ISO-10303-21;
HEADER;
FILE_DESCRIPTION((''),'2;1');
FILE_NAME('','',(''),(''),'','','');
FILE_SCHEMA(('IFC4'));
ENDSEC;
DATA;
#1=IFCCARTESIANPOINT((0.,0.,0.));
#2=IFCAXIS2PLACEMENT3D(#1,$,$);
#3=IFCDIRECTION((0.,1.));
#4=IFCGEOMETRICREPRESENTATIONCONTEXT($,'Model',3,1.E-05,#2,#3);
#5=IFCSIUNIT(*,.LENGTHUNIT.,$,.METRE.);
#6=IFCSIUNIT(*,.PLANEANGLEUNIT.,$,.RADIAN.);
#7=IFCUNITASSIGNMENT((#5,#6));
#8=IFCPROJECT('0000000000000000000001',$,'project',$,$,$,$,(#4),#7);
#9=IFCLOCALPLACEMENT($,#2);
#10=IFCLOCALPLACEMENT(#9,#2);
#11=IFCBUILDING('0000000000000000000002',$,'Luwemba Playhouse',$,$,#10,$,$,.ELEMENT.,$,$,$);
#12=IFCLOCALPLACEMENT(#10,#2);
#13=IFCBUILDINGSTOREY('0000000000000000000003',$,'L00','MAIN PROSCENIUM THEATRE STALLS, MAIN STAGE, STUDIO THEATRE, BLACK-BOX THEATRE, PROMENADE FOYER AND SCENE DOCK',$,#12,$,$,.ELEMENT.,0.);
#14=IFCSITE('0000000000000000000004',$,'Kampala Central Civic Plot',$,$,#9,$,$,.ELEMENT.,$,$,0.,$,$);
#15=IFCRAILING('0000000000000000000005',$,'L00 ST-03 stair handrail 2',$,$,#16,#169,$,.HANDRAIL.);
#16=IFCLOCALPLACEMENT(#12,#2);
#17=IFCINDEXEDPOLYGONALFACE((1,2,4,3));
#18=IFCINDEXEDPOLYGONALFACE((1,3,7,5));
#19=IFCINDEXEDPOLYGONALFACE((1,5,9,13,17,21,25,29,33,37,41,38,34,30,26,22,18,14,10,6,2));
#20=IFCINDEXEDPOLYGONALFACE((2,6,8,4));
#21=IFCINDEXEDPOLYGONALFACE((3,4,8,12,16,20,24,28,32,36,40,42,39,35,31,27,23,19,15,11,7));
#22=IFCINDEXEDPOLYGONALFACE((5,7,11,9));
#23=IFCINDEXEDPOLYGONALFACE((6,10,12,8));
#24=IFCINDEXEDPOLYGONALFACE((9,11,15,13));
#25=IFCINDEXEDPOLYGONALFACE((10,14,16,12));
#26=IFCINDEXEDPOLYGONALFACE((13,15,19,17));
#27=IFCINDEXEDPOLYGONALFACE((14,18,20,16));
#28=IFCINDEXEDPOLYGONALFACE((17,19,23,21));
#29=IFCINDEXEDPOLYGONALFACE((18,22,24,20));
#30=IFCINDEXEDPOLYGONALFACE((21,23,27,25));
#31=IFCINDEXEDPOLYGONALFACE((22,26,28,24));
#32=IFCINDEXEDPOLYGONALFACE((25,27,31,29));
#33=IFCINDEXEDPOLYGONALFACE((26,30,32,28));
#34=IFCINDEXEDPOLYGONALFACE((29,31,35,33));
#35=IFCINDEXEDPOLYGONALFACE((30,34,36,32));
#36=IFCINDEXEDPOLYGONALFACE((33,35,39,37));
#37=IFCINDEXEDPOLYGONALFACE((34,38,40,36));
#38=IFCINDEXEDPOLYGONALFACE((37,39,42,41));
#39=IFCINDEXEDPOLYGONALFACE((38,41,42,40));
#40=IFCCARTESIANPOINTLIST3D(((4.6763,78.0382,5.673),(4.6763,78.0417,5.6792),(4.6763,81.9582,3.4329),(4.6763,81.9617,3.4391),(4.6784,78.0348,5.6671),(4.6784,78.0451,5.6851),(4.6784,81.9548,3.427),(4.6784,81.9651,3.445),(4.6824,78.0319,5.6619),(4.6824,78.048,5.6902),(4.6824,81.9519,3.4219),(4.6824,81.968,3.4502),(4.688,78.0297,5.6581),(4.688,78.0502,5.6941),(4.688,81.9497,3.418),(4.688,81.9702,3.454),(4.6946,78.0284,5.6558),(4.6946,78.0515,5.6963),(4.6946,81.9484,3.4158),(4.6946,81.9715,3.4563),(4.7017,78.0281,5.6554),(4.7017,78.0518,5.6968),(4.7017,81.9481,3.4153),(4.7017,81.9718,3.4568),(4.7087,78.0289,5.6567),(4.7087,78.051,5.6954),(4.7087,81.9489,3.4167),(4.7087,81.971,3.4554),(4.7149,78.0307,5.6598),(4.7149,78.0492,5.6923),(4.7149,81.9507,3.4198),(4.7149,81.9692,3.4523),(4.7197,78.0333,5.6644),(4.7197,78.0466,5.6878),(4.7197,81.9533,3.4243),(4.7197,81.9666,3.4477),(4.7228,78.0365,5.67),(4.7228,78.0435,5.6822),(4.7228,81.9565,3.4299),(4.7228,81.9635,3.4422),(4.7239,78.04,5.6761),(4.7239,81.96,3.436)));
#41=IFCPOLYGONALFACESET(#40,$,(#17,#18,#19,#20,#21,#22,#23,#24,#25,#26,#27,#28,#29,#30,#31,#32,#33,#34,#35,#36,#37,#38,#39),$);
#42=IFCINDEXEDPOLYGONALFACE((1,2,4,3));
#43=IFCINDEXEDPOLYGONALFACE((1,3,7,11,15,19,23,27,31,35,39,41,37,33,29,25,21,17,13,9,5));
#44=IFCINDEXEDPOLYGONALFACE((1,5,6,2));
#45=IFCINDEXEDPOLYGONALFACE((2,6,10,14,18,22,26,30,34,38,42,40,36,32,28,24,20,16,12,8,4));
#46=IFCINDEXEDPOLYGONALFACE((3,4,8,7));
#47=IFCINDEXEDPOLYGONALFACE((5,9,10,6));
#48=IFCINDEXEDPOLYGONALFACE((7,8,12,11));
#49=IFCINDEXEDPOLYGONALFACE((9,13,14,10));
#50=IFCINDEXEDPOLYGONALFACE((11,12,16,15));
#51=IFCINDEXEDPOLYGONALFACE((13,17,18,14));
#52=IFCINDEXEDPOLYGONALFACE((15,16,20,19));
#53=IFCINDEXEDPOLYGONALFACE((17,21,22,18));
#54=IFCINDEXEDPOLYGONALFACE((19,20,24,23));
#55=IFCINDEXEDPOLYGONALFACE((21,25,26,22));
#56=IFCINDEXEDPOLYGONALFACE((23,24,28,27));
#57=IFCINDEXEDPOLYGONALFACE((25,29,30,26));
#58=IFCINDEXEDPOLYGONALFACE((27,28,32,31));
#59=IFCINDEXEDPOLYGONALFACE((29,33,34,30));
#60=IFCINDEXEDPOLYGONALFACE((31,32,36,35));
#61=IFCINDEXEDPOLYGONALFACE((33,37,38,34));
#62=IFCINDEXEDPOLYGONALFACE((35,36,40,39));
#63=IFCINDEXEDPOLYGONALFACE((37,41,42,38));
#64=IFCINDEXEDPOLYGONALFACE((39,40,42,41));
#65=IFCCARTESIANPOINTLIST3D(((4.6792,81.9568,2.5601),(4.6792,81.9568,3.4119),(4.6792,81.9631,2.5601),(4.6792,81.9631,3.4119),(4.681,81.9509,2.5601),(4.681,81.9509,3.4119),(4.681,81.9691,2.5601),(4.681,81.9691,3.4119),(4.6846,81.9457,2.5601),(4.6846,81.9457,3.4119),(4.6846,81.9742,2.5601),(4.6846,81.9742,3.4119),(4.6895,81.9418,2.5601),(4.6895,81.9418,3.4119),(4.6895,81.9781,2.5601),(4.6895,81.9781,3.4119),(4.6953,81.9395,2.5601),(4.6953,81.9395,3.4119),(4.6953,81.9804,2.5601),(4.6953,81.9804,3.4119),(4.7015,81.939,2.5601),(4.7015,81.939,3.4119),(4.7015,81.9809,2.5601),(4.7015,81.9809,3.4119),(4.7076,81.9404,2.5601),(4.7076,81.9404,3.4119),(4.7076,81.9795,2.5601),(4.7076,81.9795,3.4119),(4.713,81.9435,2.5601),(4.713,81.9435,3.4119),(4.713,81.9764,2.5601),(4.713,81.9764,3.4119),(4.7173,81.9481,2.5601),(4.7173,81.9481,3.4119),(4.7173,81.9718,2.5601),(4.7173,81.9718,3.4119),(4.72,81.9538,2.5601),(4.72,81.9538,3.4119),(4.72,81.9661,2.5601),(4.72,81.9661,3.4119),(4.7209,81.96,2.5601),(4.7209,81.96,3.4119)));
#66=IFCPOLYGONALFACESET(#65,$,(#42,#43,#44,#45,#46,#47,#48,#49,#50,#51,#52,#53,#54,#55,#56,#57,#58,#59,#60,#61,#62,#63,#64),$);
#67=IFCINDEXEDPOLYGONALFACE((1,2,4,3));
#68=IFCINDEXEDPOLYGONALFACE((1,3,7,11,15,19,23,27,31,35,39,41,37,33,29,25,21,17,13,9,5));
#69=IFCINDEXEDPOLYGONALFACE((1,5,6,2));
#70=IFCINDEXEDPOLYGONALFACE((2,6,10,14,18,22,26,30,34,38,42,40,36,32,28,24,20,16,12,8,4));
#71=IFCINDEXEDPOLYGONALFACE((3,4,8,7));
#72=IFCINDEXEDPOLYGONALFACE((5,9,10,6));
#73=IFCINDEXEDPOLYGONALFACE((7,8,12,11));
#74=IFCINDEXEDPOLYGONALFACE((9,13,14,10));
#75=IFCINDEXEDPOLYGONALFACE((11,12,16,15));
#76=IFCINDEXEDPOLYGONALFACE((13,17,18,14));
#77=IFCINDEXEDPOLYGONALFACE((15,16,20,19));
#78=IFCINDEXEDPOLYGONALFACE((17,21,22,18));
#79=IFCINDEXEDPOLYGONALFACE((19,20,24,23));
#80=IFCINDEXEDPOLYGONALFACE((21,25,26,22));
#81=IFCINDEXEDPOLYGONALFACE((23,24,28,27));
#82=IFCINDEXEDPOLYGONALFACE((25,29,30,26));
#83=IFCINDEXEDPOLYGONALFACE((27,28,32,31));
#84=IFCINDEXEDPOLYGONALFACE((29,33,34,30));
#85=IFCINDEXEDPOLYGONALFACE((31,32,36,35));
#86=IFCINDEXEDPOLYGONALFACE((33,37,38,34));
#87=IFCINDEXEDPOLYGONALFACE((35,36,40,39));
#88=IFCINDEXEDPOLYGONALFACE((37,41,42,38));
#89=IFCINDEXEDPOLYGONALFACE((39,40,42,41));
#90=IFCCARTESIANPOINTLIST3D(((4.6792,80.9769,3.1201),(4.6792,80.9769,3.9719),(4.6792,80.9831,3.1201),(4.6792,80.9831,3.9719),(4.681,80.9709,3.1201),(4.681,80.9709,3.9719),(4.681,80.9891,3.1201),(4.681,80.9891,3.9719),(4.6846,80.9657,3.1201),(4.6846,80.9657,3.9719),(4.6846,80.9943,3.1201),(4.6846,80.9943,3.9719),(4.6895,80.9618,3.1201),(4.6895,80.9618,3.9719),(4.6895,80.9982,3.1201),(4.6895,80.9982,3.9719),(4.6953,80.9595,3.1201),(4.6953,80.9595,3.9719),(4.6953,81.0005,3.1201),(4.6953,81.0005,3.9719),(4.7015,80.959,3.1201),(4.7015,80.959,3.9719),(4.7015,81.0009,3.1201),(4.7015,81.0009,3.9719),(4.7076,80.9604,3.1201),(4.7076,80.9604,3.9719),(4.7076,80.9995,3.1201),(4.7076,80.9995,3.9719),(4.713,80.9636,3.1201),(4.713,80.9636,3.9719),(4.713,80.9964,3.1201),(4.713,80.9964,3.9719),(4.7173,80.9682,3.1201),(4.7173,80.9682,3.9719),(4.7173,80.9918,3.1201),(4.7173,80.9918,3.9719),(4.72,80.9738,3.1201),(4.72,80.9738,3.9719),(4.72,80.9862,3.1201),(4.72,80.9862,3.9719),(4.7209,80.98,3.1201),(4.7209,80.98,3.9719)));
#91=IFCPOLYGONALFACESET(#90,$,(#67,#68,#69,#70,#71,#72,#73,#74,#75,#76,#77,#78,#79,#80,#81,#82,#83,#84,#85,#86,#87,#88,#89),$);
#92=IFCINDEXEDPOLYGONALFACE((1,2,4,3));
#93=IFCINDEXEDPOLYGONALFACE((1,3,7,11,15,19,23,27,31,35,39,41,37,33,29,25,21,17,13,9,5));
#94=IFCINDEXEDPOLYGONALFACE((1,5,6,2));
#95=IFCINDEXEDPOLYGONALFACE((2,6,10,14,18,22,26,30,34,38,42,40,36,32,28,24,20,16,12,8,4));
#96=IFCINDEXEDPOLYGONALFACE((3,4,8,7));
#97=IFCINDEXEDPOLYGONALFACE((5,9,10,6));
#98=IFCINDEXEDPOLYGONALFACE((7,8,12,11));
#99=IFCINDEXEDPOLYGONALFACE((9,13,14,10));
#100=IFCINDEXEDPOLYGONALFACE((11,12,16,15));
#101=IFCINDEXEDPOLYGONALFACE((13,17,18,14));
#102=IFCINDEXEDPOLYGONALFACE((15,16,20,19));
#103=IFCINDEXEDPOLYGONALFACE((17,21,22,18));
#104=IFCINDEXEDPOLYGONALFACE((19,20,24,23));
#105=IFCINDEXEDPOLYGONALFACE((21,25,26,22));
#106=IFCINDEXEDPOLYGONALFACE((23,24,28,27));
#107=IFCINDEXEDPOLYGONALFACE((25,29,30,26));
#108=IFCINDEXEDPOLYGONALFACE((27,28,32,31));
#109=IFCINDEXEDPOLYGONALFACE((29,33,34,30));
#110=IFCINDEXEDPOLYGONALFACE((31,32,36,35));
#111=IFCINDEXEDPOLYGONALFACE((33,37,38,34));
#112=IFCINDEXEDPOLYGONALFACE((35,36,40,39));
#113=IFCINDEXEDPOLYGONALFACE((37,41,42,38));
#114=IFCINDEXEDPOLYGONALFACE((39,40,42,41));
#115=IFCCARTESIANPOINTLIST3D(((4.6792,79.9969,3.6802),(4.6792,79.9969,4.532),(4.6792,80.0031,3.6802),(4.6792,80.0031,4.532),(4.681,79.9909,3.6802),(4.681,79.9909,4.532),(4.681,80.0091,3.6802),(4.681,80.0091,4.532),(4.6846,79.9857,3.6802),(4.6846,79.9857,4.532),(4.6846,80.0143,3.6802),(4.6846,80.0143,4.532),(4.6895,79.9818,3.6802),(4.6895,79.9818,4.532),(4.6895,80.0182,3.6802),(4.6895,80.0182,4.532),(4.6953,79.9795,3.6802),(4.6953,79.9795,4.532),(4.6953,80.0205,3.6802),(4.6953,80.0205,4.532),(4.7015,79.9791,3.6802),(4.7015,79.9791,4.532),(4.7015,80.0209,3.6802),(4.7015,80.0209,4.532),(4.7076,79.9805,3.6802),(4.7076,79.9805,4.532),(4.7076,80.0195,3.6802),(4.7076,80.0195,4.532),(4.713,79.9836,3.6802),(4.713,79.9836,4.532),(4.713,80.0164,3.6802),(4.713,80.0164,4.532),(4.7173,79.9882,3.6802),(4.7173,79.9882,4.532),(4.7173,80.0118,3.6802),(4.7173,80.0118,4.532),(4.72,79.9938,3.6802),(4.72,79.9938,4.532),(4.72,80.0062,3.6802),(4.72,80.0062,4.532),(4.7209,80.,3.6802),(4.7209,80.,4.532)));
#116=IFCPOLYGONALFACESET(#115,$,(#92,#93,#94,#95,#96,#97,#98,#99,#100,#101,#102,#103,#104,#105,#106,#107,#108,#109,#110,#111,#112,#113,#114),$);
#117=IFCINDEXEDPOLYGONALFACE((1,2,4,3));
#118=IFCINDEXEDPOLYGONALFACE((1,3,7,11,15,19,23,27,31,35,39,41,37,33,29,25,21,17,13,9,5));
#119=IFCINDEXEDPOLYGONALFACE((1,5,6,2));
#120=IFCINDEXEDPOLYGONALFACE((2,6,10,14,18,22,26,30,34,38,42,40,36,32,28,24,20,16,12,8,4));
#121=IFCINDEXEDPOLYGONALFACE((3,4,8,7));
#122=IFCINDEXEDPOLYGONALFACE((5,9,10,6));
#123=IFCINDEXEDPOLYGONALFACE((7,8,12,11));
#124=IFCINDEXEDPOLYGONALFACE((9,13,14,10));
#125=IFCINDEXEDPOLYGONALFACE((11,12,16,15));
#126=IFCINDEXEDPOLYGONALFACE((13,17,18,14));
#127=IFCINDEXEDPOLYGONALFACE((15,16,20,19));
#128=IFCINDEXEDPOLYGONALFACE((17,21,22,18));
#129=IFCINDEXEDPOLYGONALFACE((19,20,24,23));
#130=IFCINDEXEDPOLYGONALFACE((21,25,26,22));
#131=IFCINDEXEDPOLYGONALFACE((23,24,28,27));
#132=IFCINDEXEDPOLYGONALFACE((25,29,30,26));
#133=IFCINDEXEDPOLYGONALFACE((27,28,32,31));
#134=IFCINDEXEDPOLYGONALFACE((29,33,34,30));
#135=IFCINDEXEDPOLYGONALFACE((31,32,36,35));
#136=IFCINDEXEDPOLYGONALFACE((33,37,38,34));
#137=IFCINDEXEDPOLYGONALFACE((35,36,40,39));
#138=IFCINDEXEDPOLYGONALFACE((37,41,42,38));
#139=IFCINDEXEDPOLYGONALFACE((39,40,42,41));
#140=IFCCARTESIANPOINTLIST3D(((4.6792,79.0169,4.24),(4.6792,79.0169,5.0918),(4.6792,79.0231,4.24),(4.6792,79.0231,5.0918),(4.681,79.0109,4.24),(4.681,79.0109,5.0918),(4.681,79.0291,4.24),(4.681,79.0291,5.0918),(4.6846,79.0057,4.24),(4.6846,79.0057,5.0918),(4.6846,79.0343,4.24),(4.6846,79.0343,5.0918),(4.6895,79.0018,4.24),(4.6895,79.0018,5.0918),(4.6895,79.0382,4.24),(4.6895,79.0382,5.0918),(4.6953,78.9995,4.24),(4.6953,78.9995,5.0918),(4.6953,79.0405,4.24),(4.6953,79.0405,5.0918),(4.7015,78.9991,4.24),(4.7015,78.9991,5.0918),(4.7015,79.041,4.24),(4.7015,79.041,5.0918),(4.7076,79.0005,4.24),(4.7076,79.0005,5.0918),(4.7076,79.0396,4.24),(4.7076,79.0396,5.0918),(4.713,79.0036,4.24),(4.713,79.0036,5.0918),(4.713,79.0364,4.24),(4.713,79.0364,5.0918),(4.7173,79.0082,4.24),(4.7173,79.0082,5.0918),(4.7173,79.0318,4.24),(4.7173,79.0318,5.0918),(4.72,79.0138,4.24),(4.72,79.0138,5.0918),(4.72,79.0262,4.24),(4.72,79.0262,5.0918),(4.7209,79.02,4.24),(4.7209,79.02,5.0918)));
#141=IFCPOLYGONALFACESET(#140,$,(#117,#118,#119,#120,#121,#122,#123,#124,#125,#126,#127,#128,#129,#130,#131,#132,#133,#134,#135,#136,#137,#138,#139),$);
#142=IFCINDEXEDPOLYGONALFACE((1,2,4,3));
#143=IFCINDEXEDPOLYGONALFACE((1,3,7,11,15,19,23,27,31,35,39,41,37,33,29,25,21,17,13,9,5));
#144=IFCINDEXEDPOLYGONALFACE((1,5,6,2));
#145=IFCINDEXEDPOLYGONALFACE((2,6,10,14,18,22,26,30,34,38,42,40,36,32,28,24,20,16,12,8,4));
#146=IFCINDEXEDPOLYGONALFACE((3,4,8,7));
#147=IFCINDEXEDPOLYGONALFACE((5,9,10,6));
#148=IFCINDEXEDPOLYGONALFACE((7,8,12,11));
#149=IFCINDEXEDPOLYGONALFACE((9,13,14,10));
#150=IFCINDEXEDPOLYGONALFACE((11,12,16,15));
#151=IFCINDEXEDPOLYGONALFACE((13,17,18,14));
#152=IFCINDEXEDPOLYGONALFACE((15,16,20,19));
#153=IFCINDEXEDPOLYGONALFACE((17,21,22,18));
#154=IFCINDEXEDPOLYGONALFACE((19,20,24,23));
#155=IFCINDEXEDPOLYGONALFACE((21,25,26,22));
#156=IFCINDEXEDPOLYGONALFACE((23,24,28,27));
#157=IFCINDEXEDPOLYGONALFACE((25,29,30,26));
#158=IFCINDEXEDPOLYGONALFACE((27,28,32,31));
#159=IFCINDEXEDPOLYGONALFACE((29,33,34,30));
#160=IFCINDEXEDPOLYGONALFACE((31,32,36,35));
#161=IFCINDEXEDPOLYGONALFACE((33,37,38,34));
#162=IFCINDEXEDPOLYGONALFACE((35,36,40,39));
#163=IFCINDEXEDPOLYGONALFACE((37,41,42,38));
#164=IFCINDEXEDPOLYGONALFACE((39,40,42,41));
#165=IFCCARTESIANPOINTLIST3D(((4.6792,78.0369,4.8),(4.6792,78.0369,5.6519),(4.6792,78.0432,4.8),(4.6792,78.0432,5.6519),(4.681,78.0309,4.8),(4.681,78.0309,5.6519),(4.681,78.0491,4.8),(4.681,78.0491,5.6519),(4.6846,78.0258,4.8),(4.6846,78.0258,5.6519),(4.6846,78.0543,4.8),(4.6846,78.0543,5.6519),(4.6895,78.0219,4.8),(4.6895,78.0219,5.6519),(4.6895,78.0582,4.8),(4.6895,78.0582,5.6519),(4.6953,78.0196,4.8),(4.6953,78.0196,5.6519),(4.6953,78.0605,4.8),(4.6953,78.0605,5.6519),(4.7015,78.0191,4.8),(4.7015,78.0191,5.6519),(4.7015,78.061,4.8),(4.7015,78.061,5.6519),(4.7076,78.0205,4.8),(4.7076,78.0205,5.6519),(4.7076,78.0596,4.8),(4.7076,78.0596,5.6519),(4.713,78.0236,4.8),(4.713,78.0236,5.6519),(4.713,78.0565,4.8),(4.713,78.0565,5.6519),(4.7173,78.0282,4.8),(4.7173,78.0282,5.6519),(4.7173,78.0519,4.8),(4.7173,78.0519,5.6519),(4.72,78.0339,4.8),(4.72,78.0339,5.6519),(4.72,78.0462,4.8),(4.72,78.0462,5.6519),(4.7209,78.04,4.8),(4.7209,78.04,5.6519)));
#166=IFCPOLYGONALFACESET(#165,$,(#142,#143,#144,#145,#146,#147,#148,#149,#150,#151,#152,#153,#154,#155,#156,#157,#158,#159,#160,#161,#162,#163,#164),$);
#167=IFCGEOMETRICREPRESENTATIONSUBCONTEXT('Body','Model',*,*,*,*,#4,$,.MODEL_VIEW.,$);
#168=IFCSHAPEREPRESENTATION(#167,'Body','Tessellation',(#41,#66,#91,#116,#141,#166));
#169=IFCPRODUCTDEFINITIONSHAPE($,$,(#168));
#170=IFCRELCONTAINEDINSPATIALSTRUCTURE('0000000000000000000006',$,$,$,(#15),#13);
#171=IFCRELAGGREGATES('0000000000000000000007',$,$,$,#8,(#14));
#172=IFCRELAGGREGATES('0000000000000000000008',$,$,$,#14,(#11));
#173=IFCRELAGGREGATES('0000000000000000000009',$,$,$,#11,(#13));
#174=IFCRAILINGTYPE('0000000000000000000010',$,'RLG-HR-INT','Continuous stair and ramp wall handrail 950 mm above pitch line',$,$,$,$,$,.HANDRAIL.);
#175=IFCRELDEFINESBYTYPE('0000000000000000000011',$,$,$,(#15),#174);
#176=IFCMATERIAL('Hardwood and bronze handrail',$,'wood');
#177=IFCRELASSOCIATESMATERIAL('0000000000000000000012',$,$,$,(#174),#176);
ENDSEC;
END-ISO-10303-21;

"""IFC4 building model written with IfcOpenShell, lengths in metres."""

from ifc_helpers import new_model, si_unit, direction, frame, origin, origin_2d, place, context, subcontext, project, spatial, circle, extrude, material, type_object, element, save


model = new_model("IFC4")

# Units and contexts
model_context = context("Model", 3, precision=1e-05, world=origin(), true_north=direction((0.0, 1.0)))
body_context = subcontext(model_context, "Body", "Model", "MODEL_VIEW")
ifc_project = project(units=[si_unit("LENGTHUNIT", "METRE"), si_unit("PLANEANGLEUNIT", "RADIAN")], contexts=[model_context])

# Site, building, storey
site_placement = place(None, origin())
site = spatial("IfcSite", under=ifc_project, at=site_placement, Name="Kampala Central Civic Plot", CompositionType="ELEMENT", RefElevation=0.0)
building_placement = place(site_placement, origin())
building = spatial("IfcBuilding", under=site, at=building_placement, Name="Luwemba Playhouse", CompositionType="ELEMENT")
storey_placement = place(building_placement, origin())
storey = spatial("IfcBuildingStorey", under=building, at=storey_placement, Name="L00", Description="MAIN PROSCENIUM THEATRE STALLS, MAIN STAGE, STUDIO THEATRE, BLACK-BOX THEATRE, PROMENADE FOYER AND SCENE DOCK", CompositionType="ELEMENT", Elevation=0.0)

# Railing
ifc_material_1 = material(Name="Hardwood and bronze handrail", Category="wood")
railing_type_1 = type_object("IfcRailingType", Name="RLG-HR-INT", Description="Continuous stair and ramp wall handrail 950 mm above pitch line", PredefinedType="HANDRAIL", material=ifc_material_1)
railing_1_placement = place(storey_placement, frame((4.7, 81.96, 2.5601)))
element("IfcRailing", 1, at=railing_1_placement, inside=storey, type_object=railing_type_1, Name="L00 ST-03 stair handrail 2", PredefinedType="HANDRAIL", context=body_context, shape_type="SweptSolid", body=[
    extrude(circle(Radius=0.0239, at=origin_2d()), frame((0.0, 0.0, 0.876), z_axis=(0.0, -0.86824, 0.496145), x_axis=(1.0, 0.0, 0.0)), (0.0, 0.0, 1.0), 4.5149),
    extrude(circle(Radius=0.021, at=origin_2d()), origin(), (0.0, 0.0, 1.0), 0.8518),
    extrude(circle(Radius=0.021, at=origin_2d()), frame((0.0, -0.98, 0.5601)), (0.0, 0.0, 1.0), 0.8518),
    extrude(circle(Radius=0.021, at=origin_2d()), frame((0.0, -1.96, 1.1201)), (0.0, 0.0, 1.0), 0.8518),
    extrude(circle(Radius=0.021, at=origin_2d()), frame((0.0, -2.9399, 1.6799)), (0.0, 0.0, 1.0), 0.8518),
    extrude(circle(Radius=0.021, at=origin_2d()), frame((0.0, -3.9199, 2.24)), (0.0, 0.0, 1.0), 0.8518),
])

save(model, "model.ifc")
